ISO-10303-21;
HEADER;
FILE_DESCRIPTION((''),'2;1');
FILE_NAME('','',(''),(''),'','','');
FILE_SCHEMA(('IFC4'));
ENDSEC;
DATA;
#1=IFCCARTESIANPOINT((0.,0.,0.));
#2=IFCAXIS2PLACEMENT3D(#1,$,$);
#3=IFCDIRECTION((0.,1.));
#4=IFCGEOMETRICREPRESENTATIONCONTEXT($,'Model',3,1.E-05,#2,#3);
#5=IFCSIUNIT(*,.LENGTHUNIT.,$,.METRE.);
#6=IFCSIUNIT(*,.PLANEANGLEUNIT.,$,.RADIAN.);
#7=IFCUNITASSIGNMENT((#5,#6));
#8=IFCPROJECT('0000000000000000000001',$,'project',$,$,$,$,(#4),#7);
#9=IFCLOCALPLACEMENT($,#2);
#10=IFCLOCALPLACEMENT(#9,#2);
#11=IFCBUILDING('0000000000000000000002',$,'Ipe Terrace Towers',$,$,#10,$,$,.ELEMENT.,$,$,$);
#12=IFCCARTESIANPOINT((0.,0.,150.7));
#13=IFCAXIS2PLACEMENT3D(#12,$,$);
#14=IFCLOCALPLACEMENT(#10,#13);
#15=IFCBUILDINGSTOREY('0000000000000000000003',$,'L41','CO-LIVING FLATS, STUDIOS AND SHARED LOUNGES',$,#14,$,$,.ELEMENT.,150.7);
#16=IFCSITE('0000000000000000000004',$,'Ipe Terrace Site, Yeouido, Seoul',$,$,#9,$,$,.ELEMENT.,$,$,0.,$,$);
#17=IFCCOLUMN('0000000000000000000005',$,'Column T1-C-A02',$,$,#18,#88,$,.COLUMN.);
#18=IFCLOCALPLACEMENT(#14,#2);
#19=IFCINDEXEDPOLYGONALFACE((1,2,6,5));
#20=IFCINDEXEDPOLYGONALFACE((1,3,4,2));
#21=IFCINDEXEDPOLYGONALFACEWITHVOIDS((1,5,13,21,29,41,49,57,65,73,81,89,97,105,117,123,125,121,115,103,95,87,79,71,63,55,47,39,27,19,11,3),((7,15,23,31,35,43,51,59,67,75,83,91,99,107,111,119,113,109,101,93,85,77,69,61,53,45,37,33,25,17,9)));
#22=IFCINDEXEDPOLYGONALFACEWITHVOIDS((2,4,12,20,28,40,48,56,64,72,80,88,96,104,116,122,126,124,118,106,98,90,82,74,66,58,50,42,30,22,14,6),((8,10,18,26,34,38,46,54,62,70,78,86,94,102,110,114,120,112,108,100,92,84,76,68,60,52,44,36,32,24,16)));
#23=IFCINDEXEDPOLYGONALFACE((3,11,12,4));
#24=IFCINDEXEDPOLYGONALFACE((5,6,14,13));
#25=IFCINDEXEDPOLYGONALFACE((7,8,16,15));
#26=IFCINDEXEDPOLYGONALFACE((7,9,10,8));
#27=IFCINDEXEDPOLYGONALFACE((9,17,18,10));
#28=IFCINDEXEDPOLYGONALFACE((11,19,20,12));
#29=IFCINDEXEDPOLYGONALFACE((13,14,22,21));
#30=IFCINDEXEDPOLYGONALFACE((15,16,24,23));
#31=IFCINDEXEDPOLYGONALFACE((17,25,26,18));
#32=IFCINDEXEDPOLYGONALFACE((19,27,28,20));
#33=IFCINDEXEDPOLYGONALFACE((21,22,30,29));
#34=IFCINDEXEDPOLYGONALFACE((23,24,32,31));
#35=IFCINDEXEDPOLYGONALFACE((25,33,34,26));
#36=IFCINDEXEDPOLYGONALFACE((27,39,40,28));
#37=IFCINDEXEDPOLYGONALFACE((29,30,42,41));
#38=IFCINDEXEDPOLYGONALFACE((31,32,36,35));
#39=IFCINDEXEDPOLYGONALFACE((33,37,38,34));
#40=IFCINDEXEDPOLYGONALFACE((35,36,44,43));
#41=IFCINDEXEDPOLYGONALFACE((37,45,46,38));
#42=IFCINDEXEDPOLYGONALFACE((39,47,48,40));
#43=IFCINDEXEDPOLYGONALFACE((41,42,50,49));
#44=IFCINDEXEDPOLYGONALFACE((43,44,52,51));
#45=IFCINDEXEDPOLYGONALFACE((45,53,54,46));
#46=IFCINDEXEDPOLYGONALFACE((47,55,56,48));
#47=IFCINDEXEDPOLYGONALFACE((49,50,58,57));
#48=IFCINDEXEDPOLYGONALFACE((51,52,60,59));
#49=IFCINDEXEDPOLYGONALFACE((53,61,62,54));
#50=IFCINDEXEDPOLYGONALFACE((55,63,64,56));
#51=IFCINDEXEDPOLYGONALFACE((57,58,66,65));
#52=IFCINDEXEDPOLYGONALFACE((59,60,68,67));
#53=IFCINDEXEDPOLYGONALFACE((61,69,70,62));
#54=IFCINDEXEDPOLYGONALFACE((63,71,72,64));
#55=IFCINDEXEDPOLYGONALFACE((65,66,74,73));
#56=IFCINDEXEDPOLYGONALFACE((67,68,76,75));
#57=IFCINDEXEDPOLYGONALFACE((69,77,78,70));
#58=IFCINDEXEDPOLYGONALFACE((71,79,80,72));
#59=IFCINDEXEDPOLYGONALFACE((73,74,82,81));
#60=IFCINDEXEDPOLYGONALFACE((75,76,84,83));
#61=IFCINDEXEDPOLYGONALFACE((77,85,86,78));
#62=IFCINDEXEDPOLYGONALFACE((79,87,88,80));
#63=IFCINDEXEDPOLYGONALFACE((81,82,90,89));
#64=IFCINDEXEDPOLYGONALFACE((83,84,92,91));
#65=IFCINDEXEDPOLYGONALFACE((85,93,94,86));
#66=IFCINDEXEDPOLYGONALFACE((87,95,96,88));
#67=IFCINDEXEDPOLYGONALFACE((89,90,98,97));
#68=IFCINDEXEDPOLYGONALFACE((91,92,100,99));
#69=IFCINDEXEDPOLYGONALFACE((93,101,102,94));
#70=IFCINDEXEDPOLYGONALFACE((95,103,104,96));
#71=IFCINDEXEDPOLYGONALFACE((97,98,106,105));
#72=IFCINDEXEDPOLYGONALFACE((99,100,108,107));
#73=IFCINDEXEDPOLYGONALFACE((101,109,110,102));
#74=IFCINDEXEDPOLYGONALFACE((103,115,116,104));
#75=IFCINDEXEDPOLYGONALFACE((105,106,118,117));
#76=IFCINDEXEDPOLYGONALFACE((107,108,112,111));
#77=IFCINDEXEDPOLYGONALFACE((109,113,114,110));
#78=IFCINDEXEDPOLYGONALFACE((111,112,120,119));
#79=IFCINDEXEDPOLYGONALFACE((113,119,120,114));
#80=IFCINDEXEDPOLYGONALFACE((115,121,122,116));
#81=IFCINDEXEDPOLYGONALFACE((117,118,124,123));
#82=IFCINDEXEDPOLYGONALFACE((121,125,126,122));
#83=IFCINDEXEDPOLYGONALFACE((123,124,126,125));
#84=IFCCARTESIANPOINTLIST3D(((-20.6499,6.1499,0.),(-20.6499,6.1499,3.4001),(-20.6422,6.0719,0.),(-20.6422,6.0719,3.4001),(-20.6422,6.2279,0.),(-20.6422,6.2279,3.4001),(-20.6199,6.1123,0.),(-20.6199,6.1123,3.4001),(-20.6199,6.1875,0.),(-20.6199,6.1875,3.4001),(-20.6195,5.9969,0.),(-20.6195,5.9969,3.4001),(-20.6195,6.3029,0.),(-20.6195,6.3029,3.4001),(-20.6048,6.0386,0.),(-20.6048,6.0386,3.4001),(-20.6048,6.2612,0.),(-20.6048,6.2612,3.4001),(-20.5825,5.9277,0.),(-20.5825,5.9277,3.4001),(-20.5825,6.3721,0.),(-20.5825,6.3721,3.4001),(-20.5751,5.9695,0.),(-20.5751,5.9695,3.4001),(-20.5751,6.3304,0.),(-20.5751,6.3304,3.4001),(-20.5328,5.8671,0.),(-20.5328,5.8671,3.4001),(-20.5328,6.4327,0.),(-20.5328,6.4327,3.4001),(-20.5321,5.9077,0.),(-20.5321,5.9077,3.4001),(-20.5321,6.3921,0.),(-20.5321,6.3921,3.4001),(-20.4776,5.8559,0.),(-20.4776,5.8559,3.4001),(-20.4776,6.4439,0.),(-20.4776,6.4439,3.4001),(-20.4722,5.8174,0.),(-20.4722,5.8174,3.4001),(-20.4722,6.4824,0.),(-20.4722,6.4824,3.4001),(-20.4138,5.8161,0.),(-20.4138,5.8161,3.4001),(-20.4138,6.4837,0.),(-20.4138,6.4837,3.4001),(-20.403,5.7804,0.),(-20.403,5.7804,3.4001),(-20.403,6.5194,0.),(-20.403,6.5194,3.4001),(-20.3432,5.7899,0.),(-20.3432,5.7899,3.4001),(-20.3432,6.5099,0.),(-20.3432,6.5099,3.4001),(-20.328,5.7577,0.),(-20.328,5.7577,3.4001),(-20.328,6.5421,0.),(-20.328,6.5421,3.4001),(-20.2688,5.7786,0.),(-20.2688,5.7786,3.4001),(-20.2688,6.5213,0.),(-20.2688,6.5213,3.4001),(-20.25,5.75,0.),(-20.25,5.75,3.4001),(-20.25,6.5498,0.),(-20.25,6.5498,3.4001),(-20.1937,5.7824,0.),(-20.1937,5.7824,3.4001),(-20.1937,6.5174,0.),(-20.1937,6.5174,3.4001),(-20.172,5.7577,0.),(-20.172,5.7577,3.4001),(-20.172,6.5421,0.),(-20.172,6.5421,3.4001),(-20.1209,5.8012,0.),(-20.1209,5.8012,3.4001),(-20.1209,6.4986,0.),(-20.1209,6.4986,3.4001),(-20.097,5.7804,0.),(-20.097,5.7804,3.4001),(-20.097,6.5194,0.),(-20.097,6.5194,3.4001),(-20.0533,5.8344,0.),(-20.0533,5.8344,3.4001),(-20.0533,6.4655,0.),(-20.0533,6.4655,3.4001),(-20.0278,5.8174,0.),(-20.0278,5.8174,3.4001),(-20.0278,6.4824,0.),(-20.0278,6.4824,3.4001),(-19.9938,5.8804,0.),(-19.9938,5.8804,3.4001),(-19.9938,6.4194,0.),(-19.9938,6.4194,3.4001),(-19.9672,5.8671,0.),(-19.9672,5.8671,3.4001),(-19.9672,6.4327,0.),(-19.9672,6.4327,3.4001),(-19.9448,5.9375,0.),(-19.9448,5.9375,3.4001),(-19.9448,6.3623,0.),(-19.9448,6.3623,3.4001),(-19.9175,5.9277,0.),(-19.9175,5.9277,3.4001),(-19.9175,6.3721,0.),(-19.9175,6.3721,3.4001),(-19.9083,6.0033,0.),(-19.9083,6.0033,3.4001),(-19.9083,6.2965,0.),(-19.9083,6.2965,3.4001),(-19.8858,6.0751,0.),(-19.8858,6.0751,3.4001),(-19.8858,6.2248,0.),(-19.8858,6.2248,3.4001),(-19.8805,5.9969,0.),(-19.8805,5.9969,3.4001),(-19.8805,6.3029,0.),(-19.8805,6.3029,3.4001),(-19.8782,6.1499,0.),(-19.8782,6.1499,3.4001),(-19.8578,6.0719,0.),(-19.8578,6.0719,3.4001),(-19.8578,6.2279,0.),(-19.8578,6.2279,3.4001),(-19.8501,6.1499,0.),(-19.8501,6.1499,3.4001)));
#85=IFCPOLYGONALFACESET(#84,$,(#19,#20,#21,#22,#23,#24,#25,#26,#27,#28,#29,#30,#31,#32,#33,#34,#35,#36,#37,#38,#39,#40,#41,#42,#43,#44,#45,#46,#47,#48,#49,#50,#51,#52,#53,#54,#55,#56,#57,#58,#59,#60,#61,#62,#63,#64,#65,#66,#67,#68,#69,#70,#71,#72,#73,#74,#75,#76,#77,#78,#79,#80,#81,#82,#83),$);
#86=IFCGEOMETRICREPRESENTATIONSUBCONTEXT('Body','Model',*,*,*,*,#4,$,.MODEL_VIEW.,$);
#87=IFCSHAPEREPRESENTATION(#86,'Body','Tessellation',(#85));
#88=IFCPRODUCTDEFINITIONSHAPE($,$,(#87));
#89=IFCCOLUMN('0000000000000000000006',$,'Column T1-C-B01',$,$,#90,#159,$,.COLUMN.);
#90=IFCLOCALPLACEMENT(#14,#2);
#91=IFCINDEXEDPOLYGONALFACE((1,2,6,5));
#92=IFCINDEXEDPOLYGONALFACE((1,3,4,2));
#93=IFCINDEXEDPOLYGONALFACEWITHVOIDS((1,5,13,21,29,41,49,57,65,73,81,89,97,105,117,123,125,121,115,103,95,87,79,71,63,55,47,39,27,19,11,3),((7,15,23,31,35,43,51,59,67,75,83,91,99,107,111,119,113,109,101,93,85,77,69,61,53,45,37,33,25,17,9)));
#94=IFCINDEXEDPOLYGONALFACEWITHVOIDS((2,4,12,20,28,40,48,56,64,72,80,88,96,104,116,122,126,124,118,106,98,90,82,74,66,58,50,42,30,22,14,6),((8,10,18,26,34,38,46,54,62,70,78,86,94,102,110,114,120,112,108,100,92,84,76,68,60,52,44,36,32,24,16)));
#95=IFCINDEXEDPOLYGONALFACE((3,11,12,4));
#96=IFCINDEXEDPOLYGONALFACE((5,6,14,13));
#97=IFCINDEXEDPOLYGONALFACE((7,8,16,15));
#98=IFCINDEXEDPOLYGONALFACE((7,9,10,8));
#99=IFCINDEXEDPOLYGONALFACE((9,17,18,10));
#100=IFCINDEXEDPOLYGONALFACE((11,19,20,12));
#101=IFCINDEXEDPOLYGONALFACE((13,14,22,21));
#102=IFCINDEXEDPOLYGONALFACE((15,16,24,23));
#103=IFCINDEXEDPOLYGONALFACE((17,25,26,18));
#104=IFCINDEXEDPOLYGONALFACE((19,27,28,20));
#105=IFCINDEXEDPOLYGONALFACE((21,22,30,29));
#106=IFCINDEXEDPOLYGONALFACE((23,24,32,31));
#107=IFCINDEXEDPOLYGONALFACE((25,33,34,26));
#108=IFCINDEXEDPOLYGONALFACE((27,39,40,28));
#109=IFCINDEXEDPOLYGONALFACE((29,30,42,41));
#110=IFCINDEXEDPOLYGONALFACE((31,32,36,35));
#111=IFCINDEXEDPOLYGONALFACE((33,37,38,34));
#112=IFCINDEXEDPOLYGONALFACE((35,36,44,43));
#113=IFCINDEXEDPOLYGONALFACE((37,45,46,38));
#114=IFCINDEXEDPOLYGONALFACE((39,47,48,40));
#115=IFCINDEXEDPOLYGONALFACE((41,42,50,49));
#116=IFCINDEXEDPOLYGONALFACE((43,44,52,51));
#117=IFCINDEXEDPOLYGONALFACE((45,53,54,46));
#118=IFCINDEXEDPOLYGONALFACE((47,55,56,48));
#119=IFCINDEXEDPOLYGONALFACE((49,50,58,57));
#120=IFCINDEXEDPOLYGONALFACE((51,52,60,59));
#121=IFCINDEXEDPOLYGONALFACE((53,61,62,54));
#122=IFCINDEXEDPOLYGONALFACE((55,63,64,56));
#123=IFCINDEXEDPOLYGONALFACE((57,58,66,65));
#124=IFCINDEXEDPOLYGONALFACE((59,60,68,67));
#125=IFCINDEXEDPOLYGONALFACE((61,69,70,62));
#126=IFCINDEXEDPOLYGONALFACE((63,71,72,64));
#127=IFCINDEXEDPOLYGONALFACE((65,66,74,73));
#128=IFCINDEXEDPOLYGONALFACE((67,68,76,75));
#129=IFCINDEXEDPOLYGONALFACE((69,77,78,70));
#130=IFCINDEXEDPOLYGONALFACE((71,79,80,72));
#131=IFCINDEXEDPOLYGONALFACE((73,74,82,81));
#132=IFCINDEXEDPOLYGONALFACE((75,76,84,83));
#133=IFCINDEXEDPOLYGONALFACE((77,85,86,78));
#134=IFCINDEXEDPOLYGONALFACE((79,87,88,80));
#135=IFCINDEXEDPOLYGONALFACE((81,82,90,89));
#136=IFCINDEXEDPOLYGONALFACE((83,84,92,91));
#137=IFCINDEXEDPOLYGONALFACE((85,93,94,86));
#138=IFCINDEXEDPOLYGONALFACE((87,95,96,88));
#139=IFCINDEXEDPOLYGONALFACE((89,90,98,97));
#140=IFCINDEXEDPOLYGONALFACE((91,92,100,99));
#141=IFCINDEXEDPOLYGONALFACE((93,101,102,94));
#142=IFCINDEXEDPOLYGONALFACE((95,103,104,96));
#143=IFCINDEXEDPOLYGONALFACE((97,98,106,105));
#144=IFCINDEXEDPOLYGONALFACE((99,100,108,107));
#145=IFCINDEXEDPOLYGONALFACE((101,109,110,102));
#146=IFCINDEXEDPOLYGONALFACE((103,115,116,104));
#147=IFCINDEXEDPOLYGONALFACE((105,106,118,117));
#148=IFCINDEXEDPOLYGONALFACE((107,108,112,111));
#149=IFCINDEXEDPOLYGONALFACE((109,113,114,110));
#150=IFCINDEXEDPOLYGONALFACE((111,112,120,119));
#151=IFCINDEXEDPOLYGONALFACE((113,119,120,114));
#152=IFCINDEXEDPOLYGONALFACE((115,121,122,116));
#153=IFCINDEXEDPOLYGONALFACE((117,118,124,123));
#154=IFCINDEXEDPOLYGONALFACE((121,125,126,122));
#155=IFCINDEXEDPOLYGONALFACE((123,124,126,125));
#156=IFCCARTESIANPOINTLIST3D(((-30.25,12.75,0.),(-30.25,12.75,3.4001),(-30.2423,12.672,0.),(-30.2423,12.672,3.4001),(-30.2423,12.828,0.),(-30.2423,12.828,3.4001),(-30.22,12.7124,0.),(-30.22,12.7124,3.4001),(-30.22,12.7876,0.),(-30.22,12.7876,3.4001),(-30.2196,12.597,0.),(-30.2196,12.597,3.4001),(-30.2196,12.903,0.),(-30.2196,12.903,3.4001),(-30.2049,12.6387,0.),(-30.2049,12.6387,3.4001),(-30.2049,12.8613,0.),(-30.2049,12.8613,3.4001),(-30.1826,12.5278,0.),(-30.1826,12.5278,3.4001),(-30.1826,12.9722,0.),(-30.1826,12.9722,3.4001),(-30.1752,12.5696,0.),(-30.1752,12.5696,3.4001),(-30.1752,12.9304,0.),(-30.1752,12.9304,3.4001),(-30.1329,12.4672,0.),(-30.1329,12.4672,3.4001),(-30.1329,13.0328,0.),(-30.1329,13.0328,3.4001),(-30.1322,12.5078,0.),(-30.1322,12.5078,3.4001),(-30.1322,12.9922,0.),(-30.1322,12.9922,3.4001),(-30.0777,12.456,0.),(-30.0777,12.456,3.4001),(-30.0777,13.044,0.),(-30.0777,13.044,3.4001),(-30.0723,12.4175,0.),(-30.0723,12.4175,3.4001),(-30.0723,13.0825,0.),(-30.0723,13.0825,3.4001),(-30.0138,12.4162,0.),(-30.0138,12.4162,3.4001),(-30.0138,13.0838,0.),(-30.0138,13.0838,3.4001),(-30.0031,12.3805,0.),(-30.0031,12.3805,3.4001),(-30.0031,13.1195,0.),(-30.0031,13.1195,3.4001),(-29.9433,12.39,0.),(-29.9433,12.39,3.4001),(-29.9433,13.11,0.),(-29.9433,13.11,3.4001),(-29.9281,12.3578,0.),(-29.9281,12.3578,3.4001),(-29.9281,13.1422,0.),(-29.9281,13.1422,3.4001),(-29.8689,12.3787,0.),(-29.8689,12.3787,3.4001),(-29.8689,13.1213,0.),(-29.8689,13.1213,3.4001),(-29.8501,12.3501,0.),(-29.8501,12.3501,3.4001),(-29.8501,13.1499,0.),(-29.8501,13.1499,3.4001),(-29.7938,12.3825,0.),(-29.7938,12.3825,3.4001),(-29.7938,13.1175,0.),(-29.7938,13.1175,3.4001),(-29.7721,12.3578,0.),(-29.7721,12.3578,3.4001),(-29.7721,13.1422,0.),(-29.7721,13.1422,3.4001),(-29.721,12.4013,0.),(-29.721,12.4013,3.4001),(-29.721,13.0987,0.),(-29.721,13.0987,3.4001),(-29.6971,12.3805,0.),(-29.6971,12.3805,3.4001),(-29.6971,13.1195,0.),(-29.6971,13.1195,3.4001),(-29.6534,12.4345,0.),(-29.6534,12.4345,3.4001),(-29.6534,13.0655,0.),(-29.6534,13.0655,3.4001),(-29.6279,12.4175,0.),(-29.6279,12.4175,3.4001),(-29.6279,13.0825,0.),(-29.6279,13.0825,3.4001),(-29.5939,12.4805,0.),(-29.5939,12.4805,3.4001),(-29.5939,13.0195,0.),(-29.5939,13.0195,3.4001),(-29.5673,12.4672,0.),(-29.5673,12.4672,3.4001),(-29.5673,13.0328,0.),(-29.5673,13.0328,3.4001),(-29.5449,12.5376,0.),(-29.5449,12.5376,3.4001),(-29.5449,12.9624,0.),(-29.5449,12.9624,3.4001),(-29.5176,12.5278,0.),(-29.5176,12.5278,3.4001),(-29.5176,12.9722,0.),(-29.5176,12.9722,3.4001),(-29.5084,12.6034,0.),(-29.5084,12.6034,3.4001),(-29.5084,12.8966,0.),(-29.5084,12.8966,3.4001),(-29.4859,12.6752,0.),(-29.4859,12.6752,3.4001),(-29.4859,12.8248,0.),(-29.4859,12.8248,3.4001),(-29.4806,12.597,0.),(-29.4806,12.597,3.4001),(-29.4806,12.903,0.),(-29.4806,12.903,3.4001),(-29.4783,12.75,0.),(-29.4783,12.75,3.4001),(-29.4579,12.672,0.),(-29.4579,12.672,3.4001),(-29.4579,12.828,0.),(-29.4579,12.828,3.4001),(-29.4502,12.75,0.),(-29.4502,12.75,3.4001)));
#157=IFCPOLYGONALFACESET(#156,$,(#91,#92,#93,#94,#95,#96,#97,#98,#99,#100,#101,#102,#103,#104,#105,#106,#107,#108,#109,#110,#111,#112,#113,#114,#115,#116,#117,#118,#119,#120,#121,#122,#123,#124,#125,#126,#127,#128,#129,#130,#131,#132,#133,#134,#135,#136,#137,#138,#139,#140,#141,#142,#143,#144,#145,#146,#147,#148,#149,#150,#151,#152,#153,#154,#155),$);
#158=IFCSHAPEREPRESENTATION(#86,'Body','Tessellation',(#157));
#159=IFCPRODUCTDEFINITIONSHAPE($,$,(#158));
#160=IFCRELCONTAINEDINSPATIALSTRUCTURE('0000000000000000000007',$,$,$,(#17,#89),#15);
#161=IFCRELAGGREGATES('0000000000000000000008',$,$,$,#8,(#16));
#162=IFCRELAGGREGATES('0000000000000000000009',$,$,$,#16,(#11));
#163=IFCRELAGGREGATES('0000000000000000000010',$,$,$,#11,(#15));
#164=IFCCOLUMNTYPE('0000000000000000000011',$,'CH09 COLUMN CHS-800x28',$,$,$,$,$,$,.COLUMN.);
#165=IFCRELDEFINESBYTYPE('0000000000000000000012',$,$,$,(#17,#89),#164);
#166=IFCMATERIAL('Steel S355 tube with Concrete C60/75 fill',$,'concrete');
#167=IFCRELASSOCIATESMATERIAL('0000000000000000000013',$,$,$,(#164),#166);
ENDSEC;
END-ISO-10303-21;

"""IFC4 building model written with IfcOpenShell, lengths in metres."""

from ifc_helpers import new_model, si_unit, direction, frame, origin, origin_2d, place, context, subcontext, project, spatial, hollow_circle, extrude, material, material_profile, profile_set, type_object, element, save


model = new_model("IFC4")

# Units and contexts
model_context = context("Model", 3, precision=1e-05, world=origin(), true_north=direction((0.0, 1.0)))
body_context = subcontext(model_context, "Body", "Model", "MODEL_VIEW")
ifc_project = project(units=[si_unit("LENGTHUNIT", "METRE"), si_unit("PLANEANGLEUNIT", "RADIAN")], contexts=[model_context])

# Site, building, storey
site_placement = place(None, origin())
site = spatial("IfcSite", under=ifc_project, at=site_placement, Name="Ipe Terrace Site, Yeouido, Seoul", CompositionType="ELEMENT", RefElevation=0.0)
building_placement = place(site_placement, origin())
building = spatial("IfcBuilding", under=site, at=building_placement, Name="Ipe Terrace Towers", CompositionType="ELEMENT")
storey_placement = place(building_placement, frame((0.0, 0.0, 150.7)))
storey = spatial("IfcBuildingStorey", under=building, at=storey_placement, Name="L41", Description="CO-LIVING FLATS, STUDIOS AND SHARED LOUNGES", CompositionType="ELEMENT", Elevation=150.7)

# Columns
ifc_material_1 = material(Name="Steel S355 tube with Concrete C60/75 fill", Category="concrete")
ifc_material_profile_1 = material_profile(ifc_material_1, hollow_circle(Radius=0.3999, WallThickness=0.0281, at=origin_2d()), Name="CHS-800x28")
ifc_profile_set_1 = profile_set([ifc_material_profile_1], Name="Steel S355 tube with Concrete C60/75 fill")
column_type_1 = type_object("IfcColumnType", Name="CH09 COLUMN CHS-800x28", PredefinedType="COLUMN", material=ifc_profile_set_1)
for number, where, z_axis, x_axis, name in (
    (1, (-20.25, 6.1499, 0.0), (0.0, 0.0, 1.0), (1.0, 0.0, 0.0), "Column T1-C-A02"),
    (2, (-29.8501, 12.75, 0.0), (0.0, 0.0, 1.0), (1.0, 0.0, 0.0), "Column T1-C-B01"),
):
    element("IfcColumn", number, at=place(storey_placement, frame(where, z_axis=z_axis, x_axis=x_axis)), inside=storey, type_object=column_type_1, Name=name, PredefinedType="COLUMN", context=body_context, shape_type="SweptSolid", body=[
        extrude(hollow_circle(Radius=0.3999, WallThickness=0.0281, at=origin_2d()), origin(), (0.0, 0.0, 1.0), 3.4001),
    ])

save(model, "model.ifc")
